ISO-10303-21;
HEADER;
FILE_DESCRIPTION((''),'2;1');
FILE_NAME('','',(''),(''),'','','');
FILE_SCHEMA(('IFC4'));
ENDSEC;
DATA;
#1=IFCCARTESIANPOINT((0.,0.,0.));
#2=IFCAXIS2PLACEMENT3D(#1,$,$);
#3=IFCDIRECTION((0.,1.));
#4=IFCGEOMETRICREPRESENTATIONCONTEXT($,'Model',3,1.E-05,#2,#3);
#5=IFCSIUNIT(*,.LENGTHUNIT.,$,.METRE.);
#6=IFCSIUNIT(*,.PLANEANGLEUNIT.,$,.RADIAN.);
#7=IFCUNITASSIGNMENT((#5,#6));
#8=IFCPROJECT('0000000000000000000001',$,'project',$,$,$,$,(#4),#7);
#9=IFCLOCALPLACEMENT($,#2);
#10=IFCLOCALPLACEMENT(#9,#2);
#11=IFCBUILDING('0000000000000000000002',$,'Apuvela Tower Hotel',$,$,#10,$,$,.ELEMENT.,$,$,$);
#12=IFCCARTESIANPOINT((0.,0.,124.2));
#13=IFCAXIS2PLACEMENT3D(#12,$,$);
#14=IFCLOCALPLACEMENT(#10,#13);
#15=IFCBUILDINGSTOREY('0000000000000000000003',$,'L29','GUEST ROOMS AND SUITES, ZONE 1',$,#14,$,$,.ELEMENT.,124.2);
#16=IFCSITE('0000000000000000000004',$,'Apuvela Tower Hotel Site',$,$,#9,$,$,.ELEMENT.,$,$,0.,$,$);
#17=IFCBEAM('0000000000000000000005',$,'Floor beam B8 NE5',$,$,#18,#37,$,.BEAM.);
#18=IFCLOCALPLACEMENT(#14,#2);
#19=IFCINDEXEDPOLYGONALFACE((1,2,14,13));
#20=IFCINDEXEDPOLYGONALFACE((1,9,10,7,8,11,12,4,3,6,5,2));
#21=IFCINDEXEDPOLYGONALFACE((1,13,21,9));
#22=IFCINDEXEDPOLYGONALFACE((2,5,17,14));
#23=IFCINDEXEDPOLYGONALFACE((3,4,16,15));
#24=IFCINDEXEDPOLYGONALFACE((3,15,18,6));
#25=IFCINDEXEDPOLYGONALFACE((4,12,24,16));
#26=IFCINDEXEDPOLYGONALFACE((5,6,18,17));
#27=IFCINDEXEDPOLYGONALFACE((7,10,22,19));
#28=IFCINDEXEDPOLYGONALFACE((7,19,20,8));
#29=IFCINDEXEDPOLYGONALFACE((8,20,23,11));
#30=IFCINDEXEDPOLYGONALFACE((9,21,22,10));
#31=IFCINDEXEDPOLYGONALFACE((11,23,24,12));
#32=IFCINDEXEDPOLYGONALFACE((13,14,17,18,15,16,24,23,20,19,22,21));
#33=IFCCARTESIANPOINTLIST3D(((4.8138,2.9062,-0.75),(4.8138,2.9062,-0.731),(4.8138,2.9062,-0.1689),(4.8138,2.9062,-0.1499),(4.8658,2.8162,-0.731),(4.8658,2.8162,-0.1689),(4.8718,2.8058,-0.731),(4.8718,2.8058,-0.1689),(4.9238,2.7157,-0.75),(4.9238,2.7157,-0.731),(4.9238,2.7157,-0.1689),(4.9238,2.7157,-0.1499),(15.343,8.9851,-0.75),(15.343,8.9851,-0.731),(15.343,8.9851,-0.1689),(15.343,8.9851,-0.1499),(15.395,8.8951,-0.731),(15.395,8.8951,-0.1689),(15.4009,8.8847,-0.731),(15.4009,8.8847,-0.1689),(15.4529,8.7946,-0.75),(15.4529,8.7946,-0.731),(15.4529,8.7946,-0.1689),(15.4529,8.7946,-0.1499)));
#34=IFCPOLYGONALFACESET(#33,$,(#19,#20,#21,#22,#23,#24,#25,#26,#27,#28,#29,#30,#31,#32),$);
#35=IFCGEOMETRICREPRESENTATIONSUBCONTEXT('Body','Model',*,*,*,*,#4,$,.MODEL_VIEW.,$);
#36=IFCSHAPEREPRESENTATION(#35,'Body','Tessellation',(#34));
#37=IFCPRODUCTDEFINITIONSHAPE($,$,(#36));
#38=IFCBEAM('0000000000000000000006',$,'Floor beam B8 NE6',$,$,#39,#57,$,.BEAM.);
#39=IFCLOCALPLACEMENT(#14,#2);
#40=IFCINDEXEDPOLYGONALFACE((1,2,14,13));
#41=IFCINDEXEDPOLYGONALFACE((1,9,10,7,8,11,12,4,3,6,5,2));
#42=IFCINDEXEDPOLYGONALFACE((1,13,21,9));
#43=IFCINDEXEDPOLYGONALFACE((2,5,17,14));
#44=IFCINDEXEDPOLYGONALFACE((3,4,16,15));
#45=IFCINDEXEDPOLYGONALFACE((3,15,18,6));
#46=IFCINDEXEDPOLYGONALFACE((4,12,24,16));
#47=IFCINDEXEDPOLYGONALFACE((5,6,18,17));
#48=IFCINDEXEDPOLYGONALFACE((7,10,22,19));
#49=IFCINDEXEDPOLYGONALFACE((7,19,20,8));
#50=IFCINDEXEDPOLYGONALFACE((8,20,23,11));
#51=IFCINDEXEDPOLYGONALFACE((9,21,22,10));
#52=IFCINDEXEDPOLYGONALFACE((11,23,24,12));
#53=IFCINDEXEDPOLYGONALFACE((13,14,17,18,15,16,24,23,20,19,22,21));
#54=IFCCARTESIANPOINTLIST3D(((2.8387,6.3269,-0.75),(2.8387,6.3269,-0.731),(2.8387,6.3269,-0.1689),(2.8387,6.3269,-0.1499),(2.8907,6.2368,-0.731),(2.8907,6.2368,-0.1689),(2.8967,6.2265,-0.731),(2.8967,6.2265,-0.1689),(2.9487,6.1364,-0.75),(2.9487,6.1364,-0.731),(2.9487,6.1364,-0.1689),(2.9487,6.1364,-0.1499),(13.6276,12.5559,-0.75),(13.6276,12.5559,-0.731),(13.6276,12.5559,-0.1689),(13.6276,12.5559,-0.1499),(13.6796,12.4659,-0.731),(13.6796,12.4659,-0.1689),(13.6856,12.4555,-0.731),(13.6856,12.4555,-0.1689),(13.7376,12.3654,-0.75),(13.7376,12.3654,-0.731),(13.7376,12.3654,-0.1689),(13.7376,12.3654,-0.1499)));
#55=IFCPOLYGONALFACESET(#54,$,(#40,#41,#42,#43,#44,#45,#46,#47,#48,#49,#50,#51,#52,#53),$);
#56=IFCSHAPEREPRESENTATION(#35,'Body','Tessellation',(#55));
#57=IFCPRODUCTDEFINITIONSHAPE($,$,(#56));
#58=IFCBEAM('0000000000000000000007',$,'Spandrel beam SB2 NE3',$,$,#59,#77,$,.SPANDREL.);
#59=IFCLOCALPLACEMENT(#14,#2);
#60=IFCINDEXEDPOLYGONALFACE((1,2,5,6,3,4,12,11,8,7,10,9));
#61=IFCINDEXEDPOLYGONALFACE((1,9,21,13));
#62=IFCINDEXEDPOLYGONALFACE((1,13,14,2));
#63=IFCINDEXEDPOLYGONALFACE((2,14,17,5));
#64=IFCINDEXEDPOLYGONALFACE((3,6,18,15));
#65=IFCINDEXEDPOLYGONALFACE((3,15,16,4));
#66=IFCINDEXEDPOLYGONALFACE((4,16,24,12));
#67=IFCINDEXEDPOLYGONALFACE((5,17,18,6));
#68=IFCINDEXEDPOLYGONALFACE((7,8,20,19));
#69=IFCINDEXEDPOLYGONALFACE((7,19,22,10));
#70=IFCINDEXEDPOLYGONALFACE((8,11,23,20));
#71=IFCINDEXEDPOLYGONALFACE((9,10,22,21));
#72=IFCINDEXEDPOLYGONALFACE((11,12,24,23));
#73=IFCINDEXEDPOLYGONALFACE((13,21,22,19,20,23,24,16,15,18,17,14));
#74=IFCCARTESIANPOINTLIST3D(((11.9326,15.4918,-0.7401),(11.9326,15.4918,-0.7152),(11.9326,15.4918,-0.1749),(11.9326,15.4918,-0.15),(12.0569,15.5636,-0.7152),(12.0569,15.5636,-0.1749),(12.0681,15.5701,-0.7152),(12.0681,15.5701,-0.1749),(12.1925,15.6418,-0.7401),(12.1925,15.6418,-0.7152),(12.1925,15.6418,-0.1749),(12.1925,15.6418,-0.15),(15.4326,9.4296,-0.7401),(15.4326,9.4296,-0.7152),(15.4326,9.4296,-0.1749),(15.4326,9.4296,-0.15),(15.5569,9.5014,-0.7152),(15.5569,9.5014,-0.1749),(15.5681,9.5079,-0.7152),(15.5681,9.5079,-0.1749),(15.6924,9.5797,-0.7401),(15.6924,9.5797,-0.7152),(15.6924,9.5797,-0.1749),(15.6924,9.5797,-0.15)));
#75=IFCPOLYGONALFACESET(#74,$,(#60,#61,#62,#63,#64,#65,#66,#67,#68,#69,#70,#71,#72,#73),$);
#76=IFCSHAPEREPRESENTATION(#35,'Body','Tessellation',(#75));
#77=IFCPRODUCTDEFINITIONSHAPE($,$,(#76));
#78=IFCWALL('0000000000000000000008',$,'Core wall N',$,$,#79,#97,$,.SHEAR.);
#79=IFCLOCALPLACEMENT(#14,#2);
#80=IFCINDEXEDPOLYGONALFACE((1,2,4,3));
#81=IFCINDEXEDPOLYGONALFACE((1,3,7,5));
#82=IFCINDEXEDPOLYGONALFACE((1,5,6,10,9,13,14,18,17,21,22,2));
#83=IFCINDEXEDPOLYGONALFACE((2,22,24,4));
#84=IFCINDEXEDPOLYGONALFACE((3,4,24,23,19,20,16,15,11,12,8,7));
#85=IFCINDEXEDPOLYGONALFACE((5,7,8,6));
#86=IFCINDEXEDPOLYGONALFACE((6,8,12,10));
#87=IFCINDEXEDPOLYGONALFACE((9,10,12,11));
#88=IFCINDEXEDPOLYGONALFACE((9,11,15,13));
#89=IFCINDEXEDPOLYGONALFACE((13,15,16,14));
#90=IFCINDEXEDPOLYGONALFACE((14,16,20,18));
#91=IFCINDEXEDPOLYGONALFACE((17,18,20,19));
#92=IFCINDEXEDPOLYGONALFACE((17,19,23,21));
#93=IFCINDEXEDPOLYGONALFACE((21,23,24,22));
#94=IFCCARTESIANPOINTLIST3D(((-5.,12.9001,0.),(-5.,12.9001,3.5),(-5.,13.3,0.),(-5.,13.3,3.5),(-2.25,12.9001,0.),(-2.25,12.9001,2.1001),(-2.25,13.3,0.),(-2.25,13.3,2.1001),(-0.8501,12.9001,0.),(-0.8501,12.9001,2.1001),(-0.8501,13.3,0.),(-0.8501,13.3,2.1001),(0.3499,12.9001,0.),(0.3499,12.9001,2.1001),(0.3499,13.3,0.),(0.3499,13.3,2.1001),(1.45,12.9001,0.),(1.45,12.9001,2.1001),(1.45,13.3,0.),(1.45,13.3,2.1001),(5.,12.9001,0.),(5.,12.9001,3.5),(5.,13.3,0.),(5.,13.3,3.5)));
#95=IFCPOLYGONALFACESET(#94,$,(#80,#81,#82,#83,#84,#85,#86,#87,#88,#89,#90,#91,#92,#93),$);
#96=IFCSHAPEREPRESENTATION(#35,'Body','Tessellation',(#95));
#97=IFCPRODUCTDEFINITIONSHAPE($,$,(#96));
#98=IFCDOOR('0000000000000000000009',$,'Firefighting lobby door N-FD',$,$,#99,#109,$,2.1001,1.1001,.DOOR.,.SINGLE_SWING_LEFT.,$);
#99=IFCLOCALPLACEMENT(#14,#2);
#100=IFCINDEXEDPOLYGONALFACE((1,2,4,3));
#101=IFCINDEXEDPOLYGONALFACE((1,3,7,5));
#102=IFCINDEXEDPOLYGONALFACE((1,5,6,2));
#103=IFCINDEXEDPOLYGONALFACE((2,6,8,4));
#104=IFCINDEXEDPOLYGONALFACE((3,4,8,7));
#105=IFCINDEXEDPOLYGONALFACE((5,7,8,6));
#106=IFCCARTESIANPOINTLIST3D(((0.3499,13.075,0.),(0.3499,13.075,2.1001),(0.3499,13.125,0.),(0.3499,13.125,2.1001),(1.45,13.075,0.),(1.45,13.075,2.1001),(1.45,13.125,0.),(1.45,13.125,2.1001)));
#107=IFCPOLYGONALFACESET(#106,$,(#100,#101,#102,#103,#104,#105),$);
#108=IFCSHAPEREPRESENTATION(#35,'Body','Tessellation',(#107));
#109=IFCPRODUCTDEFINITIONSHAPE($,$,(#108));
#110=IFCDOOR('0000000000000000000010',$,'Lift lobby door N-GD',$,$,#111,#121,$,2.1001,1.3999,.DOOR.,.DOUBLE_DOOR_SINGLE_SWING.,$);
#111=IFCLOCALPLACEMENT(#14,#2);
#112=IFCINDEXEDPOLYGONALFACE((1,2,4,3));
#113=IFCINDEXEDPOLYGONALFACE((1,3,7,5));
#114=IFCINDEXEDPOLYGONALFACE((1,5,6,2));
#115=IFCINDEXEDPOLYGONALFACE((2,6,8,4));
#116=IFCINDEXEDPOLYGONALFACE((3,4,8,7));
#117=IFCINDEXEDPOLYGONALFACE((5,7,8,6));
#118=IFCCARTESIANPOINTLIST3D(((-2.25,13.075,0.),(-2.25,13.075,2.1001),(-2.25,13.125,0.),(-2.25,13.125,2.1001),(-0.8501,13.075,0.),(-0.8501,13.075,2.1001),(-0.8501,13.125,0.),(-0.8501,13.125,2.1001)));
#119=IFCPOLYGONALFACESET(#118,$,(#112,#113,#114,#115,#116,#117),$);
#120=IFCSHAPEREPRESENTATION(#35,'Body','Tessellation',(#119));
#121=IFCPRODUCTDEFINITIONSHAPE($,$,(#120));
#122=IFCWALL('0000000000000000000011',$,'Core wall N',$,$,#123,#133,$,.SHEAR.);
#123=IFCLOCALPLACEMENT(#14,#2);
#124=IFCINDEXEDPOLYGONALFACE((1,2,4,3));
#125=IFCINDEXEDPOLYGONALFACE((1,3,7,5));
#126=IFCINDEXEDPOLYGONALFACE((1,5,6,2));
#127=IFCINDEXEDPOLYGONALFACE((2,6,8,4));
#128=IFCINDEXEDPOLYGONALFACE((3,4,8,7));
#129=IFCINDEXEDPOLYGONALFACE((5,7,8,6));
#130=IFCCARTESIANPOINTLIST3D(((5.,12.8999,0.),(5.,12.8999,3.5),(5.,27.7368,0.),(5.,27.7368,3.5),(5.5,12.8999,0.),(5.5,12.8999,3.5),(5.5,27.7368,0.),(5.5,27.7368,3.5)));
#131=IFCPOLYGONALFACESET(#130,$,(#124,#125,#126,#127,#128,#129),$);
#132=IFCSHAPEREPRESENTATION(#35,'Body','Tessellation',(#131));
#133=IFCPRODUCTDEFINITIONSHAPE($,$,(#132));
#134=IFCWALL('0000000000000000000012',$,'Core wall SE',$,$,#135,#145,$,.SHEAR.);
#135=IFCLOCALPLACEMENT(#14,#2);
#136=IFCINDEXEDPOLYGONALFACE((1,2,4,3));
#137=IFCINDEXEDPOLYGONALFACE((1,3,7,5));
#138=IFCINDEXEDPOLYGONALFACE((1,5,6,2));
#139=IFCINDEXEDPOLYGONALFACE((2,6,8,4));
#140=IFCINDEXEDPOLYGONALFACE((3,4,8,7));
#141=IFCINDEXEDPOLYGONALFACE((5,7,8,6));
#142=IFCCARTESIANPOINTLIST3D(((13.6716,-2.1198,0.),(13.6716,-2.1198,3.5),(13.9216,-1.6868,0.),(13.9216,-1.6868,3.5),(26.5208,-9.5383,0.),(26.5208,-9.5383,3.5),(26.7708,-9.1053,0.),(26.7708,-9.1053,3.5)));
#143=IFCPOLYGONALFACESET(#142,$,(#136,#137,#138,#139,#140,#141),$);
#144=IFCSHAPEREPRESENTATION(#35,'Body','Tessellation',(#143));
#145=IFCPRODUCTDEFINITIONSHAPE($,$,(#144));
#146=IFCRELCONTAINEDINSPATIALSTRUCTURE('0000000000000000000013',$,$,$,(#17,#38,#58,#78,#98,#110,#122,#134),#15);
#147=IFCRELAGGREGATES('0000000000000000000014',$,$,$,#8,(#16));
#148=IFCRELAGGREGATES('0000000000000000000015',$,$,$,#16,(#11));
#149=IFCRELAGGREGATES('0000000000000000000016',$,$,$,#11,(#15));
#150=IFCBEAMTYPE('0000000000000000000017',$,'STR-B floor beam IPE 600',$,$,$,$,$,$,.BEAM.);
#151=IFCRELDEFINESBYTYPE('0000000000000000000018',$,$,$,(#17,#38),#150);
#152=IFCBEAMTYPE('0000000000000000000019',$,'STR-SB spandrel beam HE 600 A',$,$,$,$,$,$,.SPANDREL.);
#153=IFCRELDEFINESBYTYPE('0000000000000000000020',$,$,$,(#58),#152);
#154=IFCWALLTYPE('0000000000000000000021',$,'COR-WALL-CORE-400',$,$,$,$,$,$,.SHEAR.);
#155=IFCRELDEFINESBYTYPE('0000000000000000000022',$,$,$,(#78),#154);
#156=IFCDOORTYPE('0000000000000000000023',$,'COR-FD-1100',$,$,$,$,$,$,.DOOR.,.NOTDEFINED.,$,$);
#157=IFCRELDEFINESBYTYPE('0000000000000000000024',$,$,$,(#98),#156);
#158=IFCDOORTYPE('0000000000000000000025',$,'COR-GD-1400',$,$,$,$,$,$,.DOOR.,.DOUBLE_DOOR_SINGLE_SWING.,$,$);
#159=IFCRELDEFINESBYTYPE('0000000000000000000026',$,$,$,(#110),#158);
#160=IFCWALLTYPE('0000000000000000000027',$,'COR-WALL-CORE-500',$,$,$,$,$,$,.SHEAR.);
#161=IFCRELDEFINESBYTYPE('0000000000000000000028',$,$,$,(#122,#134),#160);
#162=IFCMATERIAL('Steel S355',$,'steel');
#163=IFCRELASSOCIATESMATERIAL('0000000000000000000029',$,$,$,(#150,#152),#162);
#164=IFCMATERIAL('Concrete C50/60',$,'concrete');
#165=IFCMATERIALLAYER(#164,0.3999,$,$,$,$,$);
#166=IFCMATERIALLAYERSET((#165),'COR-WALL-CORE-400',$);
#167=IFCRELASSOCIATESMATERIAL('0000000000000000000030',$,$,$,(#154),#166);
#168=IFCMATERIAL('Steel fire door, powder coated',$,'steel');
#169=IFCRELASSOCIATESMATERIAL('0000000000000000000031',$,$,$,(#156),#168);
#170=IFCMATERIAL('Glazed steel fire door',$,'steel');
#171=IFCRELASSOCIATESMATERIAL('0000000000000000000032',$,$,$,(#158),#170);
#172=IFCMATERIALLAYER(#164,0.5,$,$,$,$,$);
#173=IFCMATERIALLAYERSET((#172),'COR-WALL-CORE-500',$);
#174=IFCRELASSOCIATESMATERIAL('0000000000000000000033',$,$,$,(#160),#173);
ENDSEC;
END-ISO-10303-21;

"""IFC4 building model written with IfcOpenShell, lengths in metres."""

from ifc_helpers import new_model, si_unit, direction, frame, frame_2d, origin, origin_2d, place, context, subcontext, project, spatial, rectangle, i_section, extrude, material, layer, layer_set, material_profile, profile_set, type_object, element, fill, save


model = new_model("IFC4")

# Units and contexts
model_context = context("Model", 3, precision=1e-05, world=origin(), true_north=direction((0.0, 1.0)))
body_context = subcontext(model_context, "Body", "Model", "MODEL_VIEW")
ifc_project = project(units=[si_unit("LENGTHUNIT", "METRE"), si_unit("PLANEANGLEUNIT", "RADIAN")], contexts=[model_context])

# Site, building, storey
site_placement = place(None, origin())
site = spatial("IfcSite", under=ifc_project, at=site_placement, Name="Apuvela Tower Hotel Site", CompositionType="ELEMENT", RefElevation=0.0)
building_placement = place(site_placement, origin())
building = spatial("IfcBuilding", under=site, at=building_placement, Name="Apuvela Tower Hotel", CompositionType="ELEMENT")
storey_placement = place(building_placement, frame((0.0, 0.0, 124.2)))
storey = spatial("IfcBuildingStorey", under=building, at=storey_placement, Name="L29", Description="GUEST ROOMS AND SUITES, ZONE 1", CompositionType="ELEMENT", Elevation=124.2)

# Beams
ifc_material_1 = material(Name="Steel S355", Category="steel")
ifc_material_profile_1 = material_profile(ifc_material_1, i_section(OverallWidth=0.22, OverallDepth=0.6001, WebThickness=0.012, FlangeThickness=0.019, at=origin_2d()), Name="IPE 600")
ifc_profile_set_1 = profile_set([ifc_material_profile_1], Name="Steel S355")
beam_type_1 = type_object("IfcBeamType", Name="STR-B floor beam IPE 600", PredefinedType="BEAM", material=ifc_profile_set_1)
beam_1_placement = place(storey_placement, frame((15.3979, 8.8899, -0.45), z_axis=(-0.866029, -0.499994, 0.0), x_axis=(0.499994, -0.866029, 0.0)))
element("IfcBeam", 1, at=beam_1_placement, inside=storey, type_object=beam_type_1, Name="Floor beam B8 NE5", PredefinedType="BEAM", context=body_context, shape_type="SweptSolid", body=[
    extrude(i_section(OverallWidth=0.22, OverallDepth=0.6001, WebThickness=0.012, FlangeThickness=0.019, at=origin_2d()), origin(), (0.0, 0.0, 1.0), 12.158),
])
beam_2_placement = place(storey_placement, frame((13.6826, 12.4607, -0.45), z_axis=(-0.866023, -0.500005, 0.0), x_axis=(0.500005, -0.866023, 0.0)))
element("IfcBeam", 2, at=beam_2_placement, inside=storey, type_object=beam_type_1, Name="Floor beam B8 NE6", PredefinedType="BEAM", context=body_context, shape_type="SweptSolid", body=[
    extrude(i_section(OverallWidth=0.22, OverallDepth=0.6001, WebThickness=0.012, FlangeThickness=0.019, at=origin_2d()), origin(), (0.0, 0.0, 1.0), 12.458),
])
ifc_material_profile_2 = material_profile(ifc_material_1, i_section(OverallWidth=0.3, OverallDepth=0.5901, WebThickness=0.0129, FlangeThickness=0.0249, at=origin_2d()), Name="HE 600 A")
ifc_profile_set_2 = profile_set([ifc_material_profile_2], Name="Steel S355")
beam_type_2 = type_object("IfcBeamType", Name="STR-SB spandrel beam HE 600 A", PredefinedType="SPANDREL", material=ifc_profile_set_2)
beam_3_placement = place(storey_placement, frame((15.5625, 9.5046, -0.4451), z_axis=(-0.499995, 0.866028, 0.0), x_axis=(-0.866028, -0.499995, 0.0)))
element("IfcBeam", 3, at=beam_3_placement, inside=storey, type_object=beam_type_2, Name="Spandrel beam SB2 NE3", PredefinedType="SPANDREL", context=body_context, shape_type="SweptSolid", body=[
    extrude(i_section(OverallWidth=0.3, OverallDepth=0.5901, WebThickness=0.0129, FlangeThickness=0.0249, at=origin_2d()), origin(), (0.0, 0.0, 1.0), 7.0),
])

# Wall, openings, doors
ifc_material_2 = material(Name="Concrete C50/60", Category="concrete")
ifc_layer_1 = layer(ifc_material_2, 0.3999)
ifc_layer_set_1 = layer_set([ifc_layer_1], Name="COR-WALL-CORE-400")
wall_type_1 = type_object("IfcWallType", Name="COR-WALL-CORE-400", PredefinedType="SHEAR", material=ifc_layer_set_1)
wall_1_placement = place(storey_placement, frame((5.0, 13.1001, 0.0), z_axis=(0.0, 0.0, 1.0), x_axis=(-1.0, 0.0, 0.0)))
wall_1 = element("IfcWall", 4, at=wall_1_placement, inside=storey, type_object=wall_type_1, Name="Core wall N", PredefinedType="SHEAR", context=body_context, shape_type="SweptSolid", body=[
    extrude(rectangle(XDim=10.0, YDim=0.3999, at=frame_2d((5.0, 0.0))), origin(), (0.0, 0.0, 1.0), 3.5),
])
opening_1_placement = place(wall_1_placement, frame((3.55, 0.0, 0.0)))
opening_1 = element("IfcOpeningElement", 5, at=opening_1_placement, cuts=wall_1, PredefinedType="OPENING", context=body_context, shape_type="SweptSolid", body=[
    extrude(rectangle(XDim=1.1001, YDim=2.1001, at=frame_2d((0.55, 1.05))), frame((0.0, 0.21, 0.0), z_axis=(0.0, -1.0, 0.0), x_axis=(1.0, 0.0, 0.0)), (0.0, 0.0, 1.0), 0.4199),
])
opening_2_placement = place(wall_1_placement, frame((5.8501, 0.0, 0.0)))
opening_2 = element("IfcOpeningElement", 6, at=opening_2_placement, cuts=wall_1, PredefinedType="OPENING", context=body_context, shape_type="SweptSolid", body=[
    extrude(rectangle(XDim=1.3999, YDim=2.1001, at=frame_2d((0.7, 1.05))), frame((0.0, 0.21, 0.0), z_axis=(0.0, -1.0, 0.0), x_axis=(1.0, 0.0, 0.0)), (0.0, 0.0, 1.0), 0.4199),
])
ifc_material_3 = material(Name="Steel fire door, powder coated", Category="steel")
door_type_1 = type_object("IfcDoorType", Name="COR-FD-1100", OperationType="NOTDEFINED", PredefinedType="DOOR", material=ifc_material_3)
door_1_placement = place(opening_1_placement, frame((1.1001, 0.0, 0.0), z_axis=(0.0, 0.0, 1.0), x_axis=(-1.0, 0.0, 0.0)))
door_1 = element("IfcDoor", 7, at=door_1_placement, inside=storey, type_object=door_type_1, Name="Firefighting lobby door N-FD", OperationType="SINGLE_SWING_LEFT", OverallHeight=2.1001, OverallWidth=1.1001, PredefinedType="DOOR", context=body_context, shape_type="SweptSolid", body=[
    extrude(rectangle(XDim=1.1001, YDim=2.1001, at=frame_2d((0.55, 1.05))), frame((0.0, 0.0249, 0.0), z_axis=(0.0, -1.0, 0.0), x_axis=(1.0, 0.0, 0.0)), (0.0, 0.0, 1.0), 0.05),
])
fill(opening_1, door_1)
ifc_material_4 = material(Name="Glazed steel fire door", Category="steel")
door_type_2 = type_object("IfcDoorType", Name="COR-GD-1400", OperationType="DOUBLE_DOOR_SINGLE_SWING", PredefinedType="DOOR", material=ifc_material_4)
door_2_placement = place(opening_2_placement, frame((1.3999, 0.0, 0.0), z_axis=(0.0, 0.0, 1.0), x_axis=(-1.0, 0.0, 0.0)))
door_2 = element("IfcDoor", 8, at=door_2_placement, inside=storey, type_object=door_type_2, Name="Lift lobby door N-GD", OperationType="DOUBLE_DOOR_SINGLE_SWING", OverallHeight=2.1001, OverallWidth=1.3999, PredefinedType="DOOR", context=body_context, shape_type="SweptSolid", body=[
    extrude(rectangle(XDim=1.3999, YDim=2.1001, at=frame_2d((0.7, 1.05))), frame((0.0, 0.0249, 0.0), z_axis=(0.0, -1.0, 0.0), x_axis=(1.0, 0.0, 0.0)), (0.0, 0.0, 1.0), 0.05),
])
fill(opening_2, door_2)

# Walls
ifc_layer_2 = layer(ifc_material_2, 0.5)
ifc_layer_set_2 = layer_set([ifc_layer_2], Name="COR-WALL-CORE-500")
wall_type_2 = type_object("IfcWallType", Name="COR-WALL-CORE-500", PredefinedType="SHEAR", material=ifc_layer_set_2)
for number, where, z_axis, x_axis, name in (
    (9, (5.25, 12.8999, 0.0), (0.0, 0.0, 1.0), (0.0, 1.0, 0.0), "Core wall N"),
    (10, (13.7966, -1.9033, 0.0), (0.0, 0.0, 1.0), (0.866025, -0.500001, 0.0), "Core wall SE"),
):
    element("IfcWall", number, at=place(storey_placement, frame(where, z_axis=z_axis, x_axis=x_axis)), inside=storey, type_object=wall_type_2, Name=name, PredefinedType="SHEAR", context=body_context, shape_type="SweptSolid", body=[
        extrude(rectangle(XDim=14.8369, YDim=0.5, at=frame_2d((7.4185, 0.0))), origin(), (0.0, 0.0, 1.0), 3.5),
    ])

save(model, "model.ifc")
